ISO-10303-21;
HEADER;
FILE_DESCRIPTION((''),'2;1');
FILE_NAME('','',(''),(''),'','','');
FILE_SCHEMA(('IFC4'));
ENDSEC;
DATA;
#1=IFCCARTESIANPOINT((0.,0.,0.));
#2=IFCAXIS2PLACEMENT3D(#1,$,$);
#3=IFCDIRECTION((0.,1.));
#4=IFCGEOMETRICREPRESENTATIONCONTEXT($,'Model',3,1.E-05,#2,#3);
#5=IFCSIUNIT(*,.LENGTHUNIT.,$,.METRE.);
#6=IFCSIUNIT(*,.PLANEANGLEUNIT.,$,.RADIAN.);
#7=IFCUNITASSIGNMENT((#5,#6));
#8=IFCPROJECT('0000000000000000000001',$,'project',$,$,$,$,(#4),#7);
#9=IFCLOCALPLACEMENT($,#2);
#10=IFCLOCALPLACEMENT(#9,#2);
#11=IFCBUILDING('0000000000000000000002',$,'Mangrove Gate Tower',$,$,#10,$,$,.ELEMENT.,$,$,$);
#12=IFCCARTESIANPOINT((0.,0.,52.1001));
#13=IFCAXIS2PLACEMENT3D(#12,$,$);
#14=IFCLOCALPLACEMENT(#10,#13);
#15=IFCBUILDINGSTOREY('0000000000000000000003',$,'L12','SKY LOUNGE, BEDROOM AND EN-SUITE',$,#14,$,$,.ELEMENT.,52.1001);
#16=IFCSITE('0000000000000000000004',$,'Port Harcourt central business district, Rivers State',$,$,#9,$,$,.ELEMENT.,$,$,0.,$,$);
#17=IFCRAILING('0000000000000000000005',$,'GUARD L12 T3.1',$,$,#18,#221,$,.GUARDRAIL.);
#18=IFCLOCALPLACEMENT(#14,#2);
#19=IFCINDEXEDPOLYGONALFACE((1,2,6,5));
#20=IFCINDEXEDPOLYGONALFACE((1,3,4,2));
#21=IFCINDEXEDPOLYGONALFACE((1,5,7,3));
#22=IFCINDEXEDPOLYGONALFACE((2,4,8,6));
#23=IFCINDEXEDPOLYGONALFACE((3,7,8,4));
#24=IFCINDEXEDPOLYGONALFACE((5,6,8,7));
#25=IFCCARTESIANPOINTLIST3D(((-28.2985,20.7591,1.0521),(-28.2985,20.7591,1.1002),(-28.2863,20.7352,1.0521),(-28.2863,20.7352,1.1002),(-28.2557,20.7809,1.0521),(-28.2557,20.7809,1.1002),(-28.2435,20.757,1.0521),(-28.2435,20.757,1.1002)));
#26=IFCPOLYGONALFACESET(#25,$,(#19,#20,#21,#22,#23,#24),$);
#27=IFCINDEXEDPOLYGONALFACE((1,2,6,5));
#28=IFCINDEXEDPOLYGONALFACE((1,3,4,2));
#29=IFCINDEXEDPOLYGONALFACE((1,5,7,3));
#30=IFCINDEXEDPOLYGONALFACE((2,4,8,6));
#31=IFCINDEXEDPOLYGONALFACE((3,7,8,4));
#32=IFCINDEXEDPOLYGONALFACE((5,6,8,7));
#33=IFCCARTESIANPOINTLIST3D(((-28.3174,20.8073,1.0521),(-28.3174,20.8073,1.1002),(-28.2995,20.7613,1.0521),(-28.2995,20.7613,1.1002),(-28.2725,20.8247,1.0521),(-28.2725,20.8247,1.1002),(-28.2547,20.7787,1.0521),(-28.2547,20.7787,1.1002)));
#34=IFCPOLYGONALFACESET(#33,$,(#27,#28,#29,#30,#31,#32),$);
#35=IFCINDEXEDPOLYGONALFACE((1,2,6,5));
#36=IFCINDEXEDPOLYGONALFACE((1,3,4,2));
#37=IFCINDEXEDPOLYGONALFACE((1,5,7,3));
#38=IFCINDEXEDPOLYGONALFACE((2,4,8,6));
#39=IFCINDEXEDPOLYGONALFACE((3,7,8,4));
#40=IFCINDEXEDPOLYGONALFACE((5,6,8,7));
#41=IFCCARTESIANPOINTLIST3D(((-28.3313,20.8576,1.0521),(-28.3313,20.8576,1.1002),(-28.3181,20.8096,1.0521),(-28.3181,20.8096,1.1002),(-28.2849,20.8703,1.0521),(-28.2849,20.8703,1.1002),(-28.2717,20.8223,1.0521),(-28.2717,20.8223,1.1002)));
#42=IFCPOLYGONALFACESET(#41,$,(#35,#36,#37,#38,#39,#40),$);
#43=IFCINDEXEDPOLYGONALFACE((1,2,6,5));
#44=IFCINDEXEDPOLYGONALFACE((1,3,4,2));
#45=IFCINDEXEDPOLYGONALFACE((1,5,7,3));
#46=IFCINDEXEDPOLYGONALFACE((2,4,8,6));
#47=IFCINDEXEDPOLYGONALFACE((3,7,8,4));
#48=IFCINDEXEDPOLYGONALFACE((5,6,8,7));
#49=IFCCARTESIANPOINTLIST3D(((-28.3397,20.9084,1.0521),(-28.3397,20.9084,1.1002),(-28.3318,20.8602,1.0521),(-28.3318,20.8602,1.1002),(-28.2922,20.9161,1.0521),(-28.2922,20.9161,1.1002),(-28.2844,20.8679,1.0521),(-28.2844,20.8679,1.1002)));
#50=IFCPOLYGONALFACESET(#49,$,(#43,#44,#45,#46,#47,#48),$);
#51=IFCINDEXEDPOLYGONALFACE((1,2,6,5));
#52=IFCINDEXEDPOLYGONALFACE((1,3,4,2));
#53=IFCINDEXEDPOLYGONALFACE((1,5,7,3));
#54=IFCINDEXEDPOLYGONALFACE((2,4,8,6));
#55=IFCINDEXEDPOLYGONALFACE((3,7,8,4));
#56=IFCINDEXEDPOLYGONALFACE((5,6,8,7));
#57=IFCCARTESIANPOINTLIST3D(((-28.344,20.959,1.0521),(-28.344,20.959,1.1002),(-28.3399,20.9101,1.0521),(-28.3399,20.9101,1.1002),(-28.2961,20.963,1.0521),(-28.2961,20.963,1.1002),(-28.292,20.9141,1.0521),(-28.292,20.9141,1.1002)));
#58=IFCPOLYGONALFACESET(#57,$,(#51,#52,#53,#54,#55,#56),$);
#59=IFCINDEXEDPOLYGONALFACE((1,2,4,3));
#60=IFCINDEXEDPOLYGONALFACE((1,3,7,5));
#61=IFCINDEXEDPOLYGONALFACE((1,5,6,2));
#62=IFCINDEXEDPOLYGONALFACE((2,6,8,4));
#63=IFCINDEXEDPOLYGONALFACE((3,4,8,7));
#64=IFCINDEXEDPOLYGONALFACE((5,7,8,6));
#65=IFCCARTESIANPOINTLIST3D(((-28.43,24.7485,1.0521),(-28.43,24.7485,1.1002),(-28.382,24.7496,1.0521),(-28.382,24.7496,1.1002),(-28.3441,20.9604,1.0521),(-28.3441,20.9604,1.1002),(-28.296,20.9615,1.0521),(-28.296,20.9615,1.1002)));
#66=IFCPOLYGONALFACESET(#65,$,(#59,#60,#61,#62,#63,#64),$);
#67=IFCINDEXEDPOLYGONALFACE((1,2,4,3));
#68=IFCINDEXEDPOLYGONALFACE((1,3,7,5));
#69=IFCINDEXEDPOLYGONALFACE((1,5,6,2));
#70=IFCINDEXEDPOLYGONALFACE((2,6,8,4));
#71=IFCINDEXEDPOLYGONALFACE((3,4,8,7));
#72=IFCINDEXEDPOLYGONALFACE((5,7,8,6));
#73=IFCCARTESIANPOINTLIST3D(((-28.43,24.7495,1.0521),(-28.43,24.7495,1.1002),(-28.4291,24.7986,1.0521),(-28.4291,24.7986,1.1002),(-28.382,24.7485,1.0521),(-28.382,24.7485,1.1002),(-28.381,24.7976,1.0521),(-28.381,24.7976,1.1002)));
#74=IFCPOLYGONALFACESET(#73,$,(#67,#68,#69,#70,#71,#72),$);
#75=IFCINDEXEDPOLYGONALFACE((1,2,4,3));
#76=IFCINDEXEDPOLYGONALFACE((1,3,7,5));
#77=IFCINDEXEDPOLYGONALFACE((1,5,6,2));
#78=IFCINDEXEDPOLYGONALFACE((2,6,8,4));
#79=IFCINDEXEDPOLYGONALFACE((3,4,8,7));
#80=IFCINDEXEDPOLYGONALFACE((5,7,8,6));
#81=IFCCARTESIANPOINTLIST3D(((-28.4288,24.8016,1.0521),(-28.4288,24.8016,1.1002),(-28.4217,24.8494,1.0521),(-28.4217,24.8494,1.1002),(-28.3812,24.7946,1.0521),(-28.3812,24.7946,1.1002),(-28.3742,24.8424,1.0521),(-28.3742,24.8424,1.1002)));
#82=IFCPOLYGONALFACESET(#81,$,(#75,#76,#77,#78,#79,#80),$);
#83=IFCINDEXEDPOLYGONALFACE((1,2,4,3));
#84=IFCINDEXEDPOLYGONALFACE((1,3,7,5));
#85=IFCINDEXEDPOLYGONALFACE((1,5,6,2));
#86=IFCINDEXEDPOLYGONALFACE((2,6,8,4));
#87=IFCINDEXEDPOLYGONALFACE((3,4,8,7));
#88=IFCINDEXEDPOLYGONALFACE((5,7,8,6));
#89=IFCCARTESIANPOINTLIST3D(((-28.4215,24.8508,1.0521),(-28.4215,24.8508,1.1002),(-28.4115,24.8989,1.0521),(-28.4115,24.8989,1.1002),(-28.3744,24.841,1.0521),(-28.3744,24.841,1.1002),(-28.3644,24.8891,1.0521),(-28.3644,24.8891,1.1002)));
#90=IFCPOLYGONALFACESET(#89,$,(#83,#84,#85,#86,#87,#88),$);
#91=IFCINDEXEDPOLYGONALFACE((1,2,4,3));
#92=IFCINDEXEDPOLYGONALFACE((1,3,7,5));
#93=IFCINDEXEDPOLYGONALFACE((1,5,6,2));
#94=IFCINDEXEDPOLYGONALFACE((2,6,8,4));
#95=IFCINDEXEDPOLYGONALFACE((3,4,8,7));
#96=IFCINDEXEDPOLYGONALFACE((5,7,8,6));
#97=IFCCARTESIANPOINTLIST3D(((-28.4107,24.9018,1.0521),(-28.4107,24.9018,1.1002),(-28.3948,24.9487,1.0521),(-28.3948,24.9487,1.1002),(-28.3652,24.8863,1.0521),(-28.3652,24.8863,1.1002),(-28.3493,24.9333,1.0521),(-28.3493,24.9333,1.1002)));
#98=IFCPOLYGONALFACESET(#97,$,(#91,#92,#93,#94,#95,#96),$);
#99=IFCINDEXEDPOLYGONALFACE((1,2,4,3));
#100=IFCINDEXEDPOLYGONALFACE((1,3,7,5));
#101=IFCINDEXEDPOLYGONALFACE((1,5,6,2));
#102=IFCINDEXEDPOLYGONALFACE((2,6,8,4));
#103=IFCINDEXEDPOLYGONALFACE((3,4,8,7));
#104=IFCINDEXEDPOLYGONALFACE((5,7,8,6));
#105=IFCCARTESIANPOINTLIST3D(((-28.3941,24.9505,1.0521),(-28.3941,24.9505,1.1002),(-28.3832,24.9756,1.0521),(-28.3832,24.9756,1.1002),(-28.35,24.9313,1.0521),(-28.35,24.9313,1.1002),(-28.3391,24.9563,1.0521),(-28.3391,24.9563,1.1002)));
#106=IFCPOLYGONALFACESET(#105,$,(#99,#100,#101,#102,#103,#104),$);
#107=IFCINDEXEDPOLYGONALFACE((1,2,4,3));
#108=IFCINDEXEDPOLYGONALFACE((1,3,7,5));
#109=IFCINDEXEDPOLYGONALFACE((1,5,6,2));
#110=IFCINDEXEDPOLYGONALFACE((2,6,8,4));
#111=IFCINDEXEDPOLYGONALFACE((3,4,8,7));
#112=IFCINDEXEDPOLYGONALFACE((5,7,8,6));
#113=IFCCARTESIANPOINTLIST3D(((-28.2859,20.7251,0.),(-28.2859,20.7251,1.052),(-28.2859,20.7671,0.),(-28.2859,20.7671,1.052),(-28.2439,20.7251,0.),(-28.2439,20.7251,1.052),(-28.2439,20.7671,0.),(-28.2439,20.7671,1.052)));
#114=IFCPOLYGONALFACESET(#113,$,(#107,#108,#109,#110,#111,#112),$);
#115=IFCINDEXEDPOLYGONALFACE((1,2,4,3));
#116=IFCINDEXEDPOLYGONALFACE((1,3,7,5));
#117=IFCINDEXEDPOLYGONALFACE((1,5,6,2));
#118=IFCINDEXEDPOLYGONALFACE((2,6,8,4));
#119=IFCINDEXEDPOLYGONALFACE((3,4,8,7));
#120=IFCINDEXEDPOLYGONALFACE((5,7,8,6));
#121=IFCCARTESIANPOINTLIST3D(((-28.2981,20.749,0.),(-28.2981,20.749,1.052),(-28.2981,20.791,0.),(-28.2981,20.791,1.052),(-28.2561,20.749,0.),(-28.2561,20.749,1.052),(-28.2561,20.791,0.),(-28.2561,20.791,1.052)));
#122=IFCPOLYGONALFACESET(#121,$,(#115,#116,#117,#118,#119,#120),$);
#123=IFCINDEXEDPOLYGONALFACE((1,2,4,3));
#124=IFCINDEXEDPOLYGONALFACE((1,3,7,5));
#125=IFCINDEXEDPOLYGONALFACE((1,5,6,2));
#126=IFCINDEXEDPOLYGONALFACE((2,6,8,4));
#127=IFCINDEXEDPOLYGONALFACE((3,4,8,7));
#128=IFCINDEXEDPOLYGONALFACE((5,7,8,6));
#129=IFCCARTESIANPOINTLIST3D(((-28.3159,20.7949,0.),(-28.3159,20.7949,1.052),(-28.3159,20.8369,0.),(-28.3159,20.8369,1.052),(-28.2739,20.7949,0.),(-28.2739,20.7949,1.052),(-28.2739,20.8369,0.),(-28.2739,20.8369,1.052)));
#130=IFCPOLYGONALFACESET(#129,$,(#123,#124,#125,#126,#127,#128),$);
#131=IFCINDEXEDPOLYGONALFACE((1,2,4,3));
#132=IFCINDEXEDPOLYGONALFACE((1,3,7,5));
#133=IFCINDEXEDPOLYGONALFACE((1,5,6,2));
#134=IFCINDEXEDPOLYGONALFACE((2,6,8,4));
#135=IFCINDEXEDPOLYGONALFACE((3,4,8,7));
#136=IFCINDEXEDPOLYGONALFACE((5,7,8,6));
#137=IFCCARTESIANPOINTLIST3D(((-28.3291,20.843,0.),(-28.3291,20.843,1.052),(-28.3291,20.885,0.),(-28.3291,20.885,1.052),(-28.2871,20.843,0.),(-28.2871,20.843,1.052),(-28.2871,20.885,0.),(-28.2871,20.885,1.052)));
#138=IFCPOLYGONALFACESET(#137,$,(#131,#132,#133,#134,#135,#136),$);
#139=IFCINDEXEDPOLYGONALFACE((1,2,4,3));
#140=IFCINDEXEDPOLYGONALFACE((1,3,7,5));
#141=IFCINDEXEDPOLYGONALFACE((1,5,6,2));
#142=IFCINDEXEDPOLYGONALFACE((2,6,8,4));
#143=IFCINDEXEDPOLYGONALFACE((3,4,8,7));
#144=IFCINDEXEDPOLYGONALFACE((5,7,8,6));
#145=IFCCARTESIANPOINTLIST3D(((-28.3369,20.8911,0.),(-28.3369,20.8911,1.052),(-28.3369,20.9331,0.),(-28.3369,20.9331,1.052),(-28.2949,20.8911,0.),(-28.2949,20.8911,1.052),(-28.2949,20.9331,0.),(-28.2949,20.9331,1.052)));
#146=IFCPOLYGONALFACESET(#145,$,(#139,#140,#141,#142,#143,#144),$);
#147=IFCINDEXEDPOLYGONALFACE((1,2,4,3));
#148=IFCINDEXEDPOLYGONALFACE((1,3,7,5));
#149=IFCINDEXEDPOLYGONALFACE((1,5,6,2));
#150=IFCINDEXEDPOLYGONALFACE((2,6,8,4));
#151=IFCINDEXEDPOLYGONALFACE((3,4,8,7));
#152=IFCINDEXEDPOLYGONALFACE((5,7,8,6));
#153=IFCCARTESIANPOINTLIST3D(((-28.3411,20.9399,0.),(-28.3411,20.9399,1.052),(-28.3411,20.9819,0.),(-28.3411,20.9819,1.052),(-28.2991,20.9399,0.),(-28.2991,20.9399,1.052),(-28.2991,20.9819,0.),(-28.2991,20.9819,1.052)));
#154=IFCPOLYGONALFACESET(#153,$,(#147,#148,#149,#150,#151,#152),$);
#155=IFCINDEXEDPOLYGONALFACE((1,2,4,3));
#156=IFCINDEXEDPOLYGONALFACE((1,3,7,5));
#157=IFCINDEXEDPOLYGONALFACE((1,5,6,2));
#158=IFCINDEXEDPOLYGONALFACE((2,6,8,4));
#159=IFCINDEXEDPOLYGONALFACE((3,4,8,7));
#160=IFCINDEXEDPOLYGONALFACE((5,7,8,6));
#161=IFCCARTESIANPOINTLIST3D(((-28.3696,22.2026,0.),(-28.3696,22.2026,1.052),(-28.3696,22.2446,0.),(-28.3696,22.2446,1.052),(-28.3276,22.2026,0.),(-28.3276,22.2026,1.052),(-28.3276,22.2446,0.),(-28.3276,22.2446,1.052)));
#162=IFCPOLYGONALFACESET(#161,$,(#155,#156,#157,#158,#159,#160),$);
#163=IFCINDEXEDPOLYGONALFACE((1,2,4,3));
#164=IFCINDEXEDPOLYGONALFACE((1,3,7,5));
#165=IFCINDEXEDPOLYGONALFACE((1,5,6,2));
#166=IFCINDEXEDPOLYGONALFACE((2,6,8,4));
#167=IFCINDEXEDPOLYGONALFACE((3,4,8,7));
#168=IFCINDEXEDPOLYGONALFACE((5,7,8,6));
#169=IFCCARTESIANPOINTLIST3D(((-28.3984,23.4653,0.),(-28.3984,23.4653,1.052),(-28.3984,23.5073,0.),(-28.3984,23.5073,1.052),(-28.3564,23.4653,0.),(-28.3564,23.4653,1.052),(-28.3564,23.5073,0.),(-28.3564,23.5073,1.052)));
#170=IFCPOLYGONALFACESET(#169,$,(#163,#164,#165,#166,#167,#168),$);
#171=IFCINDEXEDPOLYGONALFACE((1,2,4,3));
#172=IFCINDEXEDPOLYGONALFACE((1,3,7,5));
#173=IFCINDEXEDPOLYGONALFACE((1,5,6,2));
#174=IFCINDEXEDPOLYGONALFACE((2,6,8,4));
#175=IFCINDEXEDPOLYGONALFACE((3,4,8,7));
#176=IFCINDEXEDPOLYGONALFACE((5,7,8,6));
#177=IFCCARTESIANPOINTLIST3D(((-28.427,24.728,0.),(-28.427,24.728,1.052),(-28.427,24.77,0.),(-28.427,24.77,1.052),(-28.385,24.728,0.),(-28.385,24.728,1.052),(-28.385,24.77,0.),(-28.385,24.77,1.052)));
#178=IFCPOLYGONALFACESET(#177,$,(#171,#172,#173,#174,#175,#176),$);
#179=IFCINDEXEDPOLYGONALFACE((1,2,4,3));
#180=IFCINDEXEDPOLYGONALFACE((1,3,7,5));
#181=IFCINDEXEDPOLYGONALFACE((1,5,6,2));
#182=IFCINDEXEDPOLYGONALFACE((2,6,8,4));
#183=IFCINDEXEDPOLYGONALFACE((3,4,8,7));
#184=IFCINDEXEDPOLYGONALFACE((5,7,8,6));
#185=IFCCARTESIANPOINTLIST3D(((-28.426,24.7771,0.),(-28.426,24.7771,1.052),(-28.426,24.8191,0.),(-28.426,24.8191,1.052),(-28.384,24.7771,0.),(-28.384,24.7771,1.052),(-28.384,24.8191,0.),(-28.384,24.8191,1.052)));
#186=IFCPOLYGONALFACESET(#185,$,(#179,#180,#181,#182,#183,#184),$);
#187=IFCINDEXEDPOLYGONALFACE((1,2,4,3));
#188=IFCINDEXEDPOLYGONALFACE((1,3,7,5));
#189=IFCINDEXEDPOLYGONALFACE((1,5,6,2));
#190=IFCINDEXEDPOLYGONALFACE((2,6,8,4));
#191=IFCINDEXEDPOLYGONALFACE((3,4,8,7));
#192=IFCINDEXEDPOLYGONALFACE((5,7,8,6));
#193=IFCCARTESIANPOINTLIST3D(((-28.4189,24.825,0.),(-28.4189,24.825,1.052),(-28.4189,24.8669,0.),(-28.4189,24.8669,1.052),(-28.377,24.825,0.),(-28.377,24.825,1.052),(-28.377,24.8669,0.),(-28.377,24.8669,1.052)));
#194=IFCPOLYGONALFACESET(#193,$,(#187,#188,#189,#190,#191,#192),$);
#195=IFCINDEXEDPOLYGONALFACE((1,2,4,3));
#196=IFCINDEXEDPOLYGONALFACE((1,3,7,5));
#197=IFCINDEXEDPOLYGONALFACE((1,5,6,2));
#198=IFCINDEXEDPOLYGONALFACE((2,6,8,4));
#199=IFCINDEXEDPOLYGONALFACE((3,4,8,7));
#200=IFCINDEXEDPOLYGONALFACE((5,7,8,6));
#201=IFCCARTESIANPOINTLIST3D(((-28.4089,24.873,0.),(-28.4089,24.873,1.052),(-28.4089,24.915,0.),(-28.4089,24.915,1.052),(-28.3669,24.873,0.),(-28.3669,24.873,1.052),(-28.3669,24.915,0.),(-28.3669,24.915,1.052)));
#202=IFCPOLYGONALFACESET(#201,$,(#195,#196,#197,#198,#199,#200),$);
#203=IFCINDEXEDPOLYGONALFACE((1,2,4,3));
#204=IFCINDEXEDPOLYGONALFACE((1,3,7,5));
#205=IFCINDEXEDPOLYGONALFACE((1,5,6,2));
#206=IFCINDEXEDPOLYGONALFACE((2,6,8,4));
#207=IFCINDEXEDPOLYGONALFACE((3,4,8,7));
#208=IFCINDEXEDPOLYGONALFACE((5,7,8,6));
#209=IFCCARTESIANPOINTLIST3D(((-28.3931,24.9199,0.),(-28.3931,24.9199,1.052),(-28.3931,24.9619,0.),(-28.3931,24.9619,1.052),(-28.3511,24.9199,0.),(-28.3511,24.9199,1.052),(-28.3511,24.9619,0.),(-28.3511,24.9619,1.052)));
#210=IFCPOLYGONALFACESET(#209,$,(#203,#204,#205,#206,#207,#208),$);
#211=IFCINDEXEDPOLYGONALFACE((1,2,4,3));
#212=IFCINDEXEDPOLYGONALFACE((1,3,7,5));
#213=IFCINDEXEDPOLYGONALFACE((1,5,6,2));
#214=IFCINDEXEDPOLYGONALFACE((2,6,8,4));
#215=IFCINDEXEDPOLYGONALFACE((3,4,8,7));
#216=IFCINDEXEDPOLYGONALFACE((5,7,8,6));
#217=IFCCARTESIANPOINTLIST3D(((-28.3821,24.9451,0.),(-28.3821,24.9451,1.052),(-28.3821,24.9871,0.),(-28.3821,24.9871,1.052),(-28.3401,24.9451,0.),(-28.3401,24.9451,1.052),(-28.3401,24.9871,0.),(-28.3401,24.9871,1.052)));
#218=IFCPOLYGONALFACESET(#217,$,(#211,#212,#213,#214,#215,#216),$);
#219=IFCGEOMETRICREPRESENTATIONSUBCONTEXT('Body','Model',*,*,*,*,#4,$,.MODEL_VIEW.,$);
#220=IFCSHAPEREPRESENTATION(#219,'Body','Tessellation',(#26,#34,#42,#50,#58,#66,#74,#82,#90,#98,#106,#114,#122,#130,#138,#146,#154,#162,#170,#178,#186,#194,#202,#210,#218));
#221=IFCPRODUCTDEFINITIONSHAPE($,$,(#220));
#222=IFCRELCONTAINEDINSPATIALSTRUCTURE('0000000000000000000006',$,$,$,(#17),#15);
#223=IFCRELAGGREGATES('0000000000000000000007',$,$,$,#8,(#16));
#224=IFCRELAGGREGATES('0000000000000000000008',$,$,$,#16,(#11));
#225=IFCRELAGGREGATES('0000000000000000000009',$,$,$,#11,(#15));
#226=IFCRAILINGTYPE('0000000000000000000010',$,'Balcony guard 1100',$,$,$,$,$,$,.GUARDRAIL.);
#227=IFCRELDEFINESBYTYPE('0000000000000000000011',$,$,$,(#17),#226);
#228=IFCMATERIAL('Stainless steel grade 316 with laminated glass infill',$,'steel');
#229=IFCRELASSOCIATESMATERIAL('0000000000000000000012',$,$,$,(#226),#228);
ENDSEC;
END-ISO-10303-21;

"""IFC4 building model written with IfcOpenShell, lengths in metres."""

from ifc_helpers import new_model, si_unit, direction, frame, origin, origin_2d, place, context, subcontext, project, spatial, rectangle, extrude, material, type_object, element, save


model = new_model("IFC4")

# Units and contexts
model_context = context("Model", 3, precision=1e-05, world=origin(), true_north=direction((0.0, 1.0)))
body_context = subcontext(model_context, "Body", "Model", "MODEL_VIEW")
ifc_project = project(units=[si_unit("LENGTHUNIT", "METRE"), si_unit("PLANEANGLEUNIT", "RADIAN")], contexts=[model_context])

# Site, building, storey
site_placement = place(None, origin())
site = spatial("IfcSite", under=ifc_project, at=site_placement, Name="Port Harcourt central business district, Rivers State", CompositionType="ELEMENT", RefElevation=0.0)
building_placement = place(site_placement, origin())
building = spatial("IfcBuilding", under=site, at=building_placement, Name="Mangrove Gate Tower", CompositionType="ELEMENT")
storey_placement = place(building_placement, frame((0.0, 0.0, 52.1001)))
storey = spatial("IfcBuildingStorey", under=building, at=storey_placement, Name="L12", Description="SKY LOUNGE, BEDROOM AND EN-SUITE", CompositionType="ELEMENT", Elevation=52.1001)

# Railing
ifc_material_1 = material(Name="Stainless steel grade 316 with laminated glass infill", Category="steel")
railing_type = type_object("IfcRailingType", Name="Balcony guard 1100", PredefinedType="GUARDRAIL", material=ifc_material_1)
railing_1_placement = place(storey_placement, frame((-28.2649, 20.7461, 0.0)))
element("IfcRailing", 1, at=railing_1_placement, inside=storey, type_object=railing_type, Name="GUARD L12 T3.1", PredefinedType="GUARDRAIL", context=body_context, shape_type="SweptSolid", body=[
    extrude(rectangle(XDim=0.0481, YDim=0.0481, at=origin_2d()), frame((0.0, 0.0, 1.0762), z_axis=(-0.45447, 0.890762, 0.0), x_axis=(-0.890762, -0.45447, 0.0)), (0.0, 0.0, 1.0), 0.0269),
    extrude(rectangle(XDim=0.0481, YDim=0.0481, at=origin_2d()), frame((-0.0122, 0.0239, 1.0762), z_axis=(-0.361968, 0.932191, 0.0), x_axis=(-0.932191, -0.361968, 0.0)), (0.0, 0.0, 1.0), 0.0493),
    extrude(rectangle(XDim=0.0481, YDim=0.0481, at=origin_2d()), frame((-0.03, 0.0698, 1.0762), z_axis=(-0.26436, 0.964424, 0.0), x_axis=(-0.964424, -0.26436, 0.0)), (0.0, 0.0, 1.0), 0.0498),
    extrude(rectangle(XDim=0.0481, YDim=0.0481, at=origin_2d()), frame((-0.0432, 0.1179, 1.0762), z_axis=(-0.160335, 0.987063, 0.0), x_axis=(-0.987063, -0.160335, 0.0)), (0.0, 0.0, 1.0), 0.0488),
    extrude(rectangle(XDim=0.0481, YDim=0.0481, at=origin_2d()), frame((-0.051, 0.166, 1.0762), z_axis=(-0.084695, 0.996407, 0.0), x_axis=(-0.996407, -0.084695, 0.0)), (0.0, 0.0, 1.0), 0.0491),
    extrude(rectangle(XDim=0.0481, YDim=0.0481, at=origin_2d()), frame((-0.0552, 0.2148, 1.0762), z_axis=(-0.02268, 0.999743, 0.0), x_axis=(-0.999743, -0.02268, 0.0)), (0.0, 0.0, 1.0), 3.7891),
    extrude(rectangle(XDim=0.0481, YDim=0.0481, at=origin_2d()), frame((-0.1411, 4.0029, 1.0762), z_axis=(0.019897, 0.999802, 0.0), x_axis=(-0.999802, 0.019897, 0.0)), (0.0, 0.0, 1.0), 0.0491),
    extrude(rectangle(XDim=0.0481, YDim=0.0481, at=origin_2d()), frame((-0.1401, 4.052, 1.0762), z_axis=(0.146366, 0.989231, 0.0), x_axis=(-0.989231, 0.146366, 0.0)), (0.0, 0.0, 1.0), 0.0483),
    extrude(rectangle(XDim=0.0481, YDim=0.0481, at=origin_2d()), frame((-0.1331, 4.0999, 1.0762), z_axis=(0.203756, 0.979022, 0.0), x_axis=(-0.979022, 0.203756, 0.0)), (0.0, 0.0, 1.0), 0.0491),
    extrude(rectangle(XDim=0.0481, YDim=0.0481, at=origin_2d()), frame((-0.123, 4.1479, 1.0762), z_axis=(0.320664, 0.947193, 0.0), x_axis=(-0.947193, 0.320664, 0.0)), (0.0, 0.0, 1.0), 0.0496),
    extrude(rectangle(XDim=0.0481, YDim=0.0481, at=origin_2d()), frame((-0.1072, 4.1948, 1.0762), z_axis=(0.400352, 0.916361, 0.0), x_axis=(-0.916361, 0.400352, 0.0)), (0.0, 0.0, 1.0), 0.0273),
    extrude(rectangle(XDim=0.042, YDim=0.042, at=origin_2d()), origin(), (0.0, 0.0, 1.0), 1.052),
    extrude(rectangle(XDim=0.042, YDim=0.042, at=origin_2d()), frame((-0.0122, 0.0239, 0.0)), (0.0, 0.0, 1.0), 1.052),
    extrude(rectangle(XDim=0.042, YDim=0.042, at=origin_2d()), frame((-0.03, 0.0698, 0.0)), (0.0, 0.0, 1.0), 1.052),
    extrude(rectangle(XDim=0.042, YDim=0.042, at=origin_2d()), frame((-0.0432, 0.1179, 0.0)), (0.0, 0.0, 1.0), 1.052),
    extrude(rectangle(XDim=0.042, YDim=0.042, at=origin_2d()), frame((-0.051, 0.166, 0.0)), (0.0, 0.0, 1.0), 1.052),
    extrude(rectangle(XDim=0.042, YDim=0.042, at=origin_2d()), frame((-0.0552, 0.2148, 0.0)), (0.0, 0.0, 1.0), 1.052),
    extrude(rectangle(XDim=0.042, YDim=0.042, at=origin_2d()), frame((-0.0837, 1.4775, 0.0)), (0.0, 0.0, 1.0), 1.052),
    extrude(rectangle(XDim=0.042, YDim=0.042, at=origin_2d()), frame((-0.1125, 2.7402, 0.0)), (0.0, 0.0, 1.0), 1.052),
    extrude(rectangle(XDim=0.042, YDim=0.042, at=origin_2d()), frame((-0.1411, 4.0029, 0.0)), (0.0, 0.0, 1.0), 1.052),
    extrude(rectangle(XDim=0.042, YDim=0.042, at=origin_2d()), frame((-0.1401, 4.052, 0.0)), (0.0, 0.0, 1.0), 1.052),
    extrude(rectangle(XDim=0.042, YDim=0.042, at=origin_2d()), frame((-0.1331, 4.0999, 0.0)), (0.0, 0.0, 1.0), 1.052),
    extrude(rectangle(XDim=0.042, YDim=0.042, at=origin_2d()), frame((-0.123, 4.1479, 0.0)), (0.0, 0.0, 1.0), 1.052),
    extrude(rectangle(XDim=0.042, YDim=0.042, at=origin_2d()), frame((-0.1072, 4.1948, 0.0)), (0.0, 0.0, 1.0), 1.052),
    extrude(rectangle(XDim=0.042, YDim=0.042, at=origin_2d()), frame((-0.0962, 4.22, 0.0)), (0.0, 0.0, 1.0), 1.052),
])

save(model, "model.ifc")
